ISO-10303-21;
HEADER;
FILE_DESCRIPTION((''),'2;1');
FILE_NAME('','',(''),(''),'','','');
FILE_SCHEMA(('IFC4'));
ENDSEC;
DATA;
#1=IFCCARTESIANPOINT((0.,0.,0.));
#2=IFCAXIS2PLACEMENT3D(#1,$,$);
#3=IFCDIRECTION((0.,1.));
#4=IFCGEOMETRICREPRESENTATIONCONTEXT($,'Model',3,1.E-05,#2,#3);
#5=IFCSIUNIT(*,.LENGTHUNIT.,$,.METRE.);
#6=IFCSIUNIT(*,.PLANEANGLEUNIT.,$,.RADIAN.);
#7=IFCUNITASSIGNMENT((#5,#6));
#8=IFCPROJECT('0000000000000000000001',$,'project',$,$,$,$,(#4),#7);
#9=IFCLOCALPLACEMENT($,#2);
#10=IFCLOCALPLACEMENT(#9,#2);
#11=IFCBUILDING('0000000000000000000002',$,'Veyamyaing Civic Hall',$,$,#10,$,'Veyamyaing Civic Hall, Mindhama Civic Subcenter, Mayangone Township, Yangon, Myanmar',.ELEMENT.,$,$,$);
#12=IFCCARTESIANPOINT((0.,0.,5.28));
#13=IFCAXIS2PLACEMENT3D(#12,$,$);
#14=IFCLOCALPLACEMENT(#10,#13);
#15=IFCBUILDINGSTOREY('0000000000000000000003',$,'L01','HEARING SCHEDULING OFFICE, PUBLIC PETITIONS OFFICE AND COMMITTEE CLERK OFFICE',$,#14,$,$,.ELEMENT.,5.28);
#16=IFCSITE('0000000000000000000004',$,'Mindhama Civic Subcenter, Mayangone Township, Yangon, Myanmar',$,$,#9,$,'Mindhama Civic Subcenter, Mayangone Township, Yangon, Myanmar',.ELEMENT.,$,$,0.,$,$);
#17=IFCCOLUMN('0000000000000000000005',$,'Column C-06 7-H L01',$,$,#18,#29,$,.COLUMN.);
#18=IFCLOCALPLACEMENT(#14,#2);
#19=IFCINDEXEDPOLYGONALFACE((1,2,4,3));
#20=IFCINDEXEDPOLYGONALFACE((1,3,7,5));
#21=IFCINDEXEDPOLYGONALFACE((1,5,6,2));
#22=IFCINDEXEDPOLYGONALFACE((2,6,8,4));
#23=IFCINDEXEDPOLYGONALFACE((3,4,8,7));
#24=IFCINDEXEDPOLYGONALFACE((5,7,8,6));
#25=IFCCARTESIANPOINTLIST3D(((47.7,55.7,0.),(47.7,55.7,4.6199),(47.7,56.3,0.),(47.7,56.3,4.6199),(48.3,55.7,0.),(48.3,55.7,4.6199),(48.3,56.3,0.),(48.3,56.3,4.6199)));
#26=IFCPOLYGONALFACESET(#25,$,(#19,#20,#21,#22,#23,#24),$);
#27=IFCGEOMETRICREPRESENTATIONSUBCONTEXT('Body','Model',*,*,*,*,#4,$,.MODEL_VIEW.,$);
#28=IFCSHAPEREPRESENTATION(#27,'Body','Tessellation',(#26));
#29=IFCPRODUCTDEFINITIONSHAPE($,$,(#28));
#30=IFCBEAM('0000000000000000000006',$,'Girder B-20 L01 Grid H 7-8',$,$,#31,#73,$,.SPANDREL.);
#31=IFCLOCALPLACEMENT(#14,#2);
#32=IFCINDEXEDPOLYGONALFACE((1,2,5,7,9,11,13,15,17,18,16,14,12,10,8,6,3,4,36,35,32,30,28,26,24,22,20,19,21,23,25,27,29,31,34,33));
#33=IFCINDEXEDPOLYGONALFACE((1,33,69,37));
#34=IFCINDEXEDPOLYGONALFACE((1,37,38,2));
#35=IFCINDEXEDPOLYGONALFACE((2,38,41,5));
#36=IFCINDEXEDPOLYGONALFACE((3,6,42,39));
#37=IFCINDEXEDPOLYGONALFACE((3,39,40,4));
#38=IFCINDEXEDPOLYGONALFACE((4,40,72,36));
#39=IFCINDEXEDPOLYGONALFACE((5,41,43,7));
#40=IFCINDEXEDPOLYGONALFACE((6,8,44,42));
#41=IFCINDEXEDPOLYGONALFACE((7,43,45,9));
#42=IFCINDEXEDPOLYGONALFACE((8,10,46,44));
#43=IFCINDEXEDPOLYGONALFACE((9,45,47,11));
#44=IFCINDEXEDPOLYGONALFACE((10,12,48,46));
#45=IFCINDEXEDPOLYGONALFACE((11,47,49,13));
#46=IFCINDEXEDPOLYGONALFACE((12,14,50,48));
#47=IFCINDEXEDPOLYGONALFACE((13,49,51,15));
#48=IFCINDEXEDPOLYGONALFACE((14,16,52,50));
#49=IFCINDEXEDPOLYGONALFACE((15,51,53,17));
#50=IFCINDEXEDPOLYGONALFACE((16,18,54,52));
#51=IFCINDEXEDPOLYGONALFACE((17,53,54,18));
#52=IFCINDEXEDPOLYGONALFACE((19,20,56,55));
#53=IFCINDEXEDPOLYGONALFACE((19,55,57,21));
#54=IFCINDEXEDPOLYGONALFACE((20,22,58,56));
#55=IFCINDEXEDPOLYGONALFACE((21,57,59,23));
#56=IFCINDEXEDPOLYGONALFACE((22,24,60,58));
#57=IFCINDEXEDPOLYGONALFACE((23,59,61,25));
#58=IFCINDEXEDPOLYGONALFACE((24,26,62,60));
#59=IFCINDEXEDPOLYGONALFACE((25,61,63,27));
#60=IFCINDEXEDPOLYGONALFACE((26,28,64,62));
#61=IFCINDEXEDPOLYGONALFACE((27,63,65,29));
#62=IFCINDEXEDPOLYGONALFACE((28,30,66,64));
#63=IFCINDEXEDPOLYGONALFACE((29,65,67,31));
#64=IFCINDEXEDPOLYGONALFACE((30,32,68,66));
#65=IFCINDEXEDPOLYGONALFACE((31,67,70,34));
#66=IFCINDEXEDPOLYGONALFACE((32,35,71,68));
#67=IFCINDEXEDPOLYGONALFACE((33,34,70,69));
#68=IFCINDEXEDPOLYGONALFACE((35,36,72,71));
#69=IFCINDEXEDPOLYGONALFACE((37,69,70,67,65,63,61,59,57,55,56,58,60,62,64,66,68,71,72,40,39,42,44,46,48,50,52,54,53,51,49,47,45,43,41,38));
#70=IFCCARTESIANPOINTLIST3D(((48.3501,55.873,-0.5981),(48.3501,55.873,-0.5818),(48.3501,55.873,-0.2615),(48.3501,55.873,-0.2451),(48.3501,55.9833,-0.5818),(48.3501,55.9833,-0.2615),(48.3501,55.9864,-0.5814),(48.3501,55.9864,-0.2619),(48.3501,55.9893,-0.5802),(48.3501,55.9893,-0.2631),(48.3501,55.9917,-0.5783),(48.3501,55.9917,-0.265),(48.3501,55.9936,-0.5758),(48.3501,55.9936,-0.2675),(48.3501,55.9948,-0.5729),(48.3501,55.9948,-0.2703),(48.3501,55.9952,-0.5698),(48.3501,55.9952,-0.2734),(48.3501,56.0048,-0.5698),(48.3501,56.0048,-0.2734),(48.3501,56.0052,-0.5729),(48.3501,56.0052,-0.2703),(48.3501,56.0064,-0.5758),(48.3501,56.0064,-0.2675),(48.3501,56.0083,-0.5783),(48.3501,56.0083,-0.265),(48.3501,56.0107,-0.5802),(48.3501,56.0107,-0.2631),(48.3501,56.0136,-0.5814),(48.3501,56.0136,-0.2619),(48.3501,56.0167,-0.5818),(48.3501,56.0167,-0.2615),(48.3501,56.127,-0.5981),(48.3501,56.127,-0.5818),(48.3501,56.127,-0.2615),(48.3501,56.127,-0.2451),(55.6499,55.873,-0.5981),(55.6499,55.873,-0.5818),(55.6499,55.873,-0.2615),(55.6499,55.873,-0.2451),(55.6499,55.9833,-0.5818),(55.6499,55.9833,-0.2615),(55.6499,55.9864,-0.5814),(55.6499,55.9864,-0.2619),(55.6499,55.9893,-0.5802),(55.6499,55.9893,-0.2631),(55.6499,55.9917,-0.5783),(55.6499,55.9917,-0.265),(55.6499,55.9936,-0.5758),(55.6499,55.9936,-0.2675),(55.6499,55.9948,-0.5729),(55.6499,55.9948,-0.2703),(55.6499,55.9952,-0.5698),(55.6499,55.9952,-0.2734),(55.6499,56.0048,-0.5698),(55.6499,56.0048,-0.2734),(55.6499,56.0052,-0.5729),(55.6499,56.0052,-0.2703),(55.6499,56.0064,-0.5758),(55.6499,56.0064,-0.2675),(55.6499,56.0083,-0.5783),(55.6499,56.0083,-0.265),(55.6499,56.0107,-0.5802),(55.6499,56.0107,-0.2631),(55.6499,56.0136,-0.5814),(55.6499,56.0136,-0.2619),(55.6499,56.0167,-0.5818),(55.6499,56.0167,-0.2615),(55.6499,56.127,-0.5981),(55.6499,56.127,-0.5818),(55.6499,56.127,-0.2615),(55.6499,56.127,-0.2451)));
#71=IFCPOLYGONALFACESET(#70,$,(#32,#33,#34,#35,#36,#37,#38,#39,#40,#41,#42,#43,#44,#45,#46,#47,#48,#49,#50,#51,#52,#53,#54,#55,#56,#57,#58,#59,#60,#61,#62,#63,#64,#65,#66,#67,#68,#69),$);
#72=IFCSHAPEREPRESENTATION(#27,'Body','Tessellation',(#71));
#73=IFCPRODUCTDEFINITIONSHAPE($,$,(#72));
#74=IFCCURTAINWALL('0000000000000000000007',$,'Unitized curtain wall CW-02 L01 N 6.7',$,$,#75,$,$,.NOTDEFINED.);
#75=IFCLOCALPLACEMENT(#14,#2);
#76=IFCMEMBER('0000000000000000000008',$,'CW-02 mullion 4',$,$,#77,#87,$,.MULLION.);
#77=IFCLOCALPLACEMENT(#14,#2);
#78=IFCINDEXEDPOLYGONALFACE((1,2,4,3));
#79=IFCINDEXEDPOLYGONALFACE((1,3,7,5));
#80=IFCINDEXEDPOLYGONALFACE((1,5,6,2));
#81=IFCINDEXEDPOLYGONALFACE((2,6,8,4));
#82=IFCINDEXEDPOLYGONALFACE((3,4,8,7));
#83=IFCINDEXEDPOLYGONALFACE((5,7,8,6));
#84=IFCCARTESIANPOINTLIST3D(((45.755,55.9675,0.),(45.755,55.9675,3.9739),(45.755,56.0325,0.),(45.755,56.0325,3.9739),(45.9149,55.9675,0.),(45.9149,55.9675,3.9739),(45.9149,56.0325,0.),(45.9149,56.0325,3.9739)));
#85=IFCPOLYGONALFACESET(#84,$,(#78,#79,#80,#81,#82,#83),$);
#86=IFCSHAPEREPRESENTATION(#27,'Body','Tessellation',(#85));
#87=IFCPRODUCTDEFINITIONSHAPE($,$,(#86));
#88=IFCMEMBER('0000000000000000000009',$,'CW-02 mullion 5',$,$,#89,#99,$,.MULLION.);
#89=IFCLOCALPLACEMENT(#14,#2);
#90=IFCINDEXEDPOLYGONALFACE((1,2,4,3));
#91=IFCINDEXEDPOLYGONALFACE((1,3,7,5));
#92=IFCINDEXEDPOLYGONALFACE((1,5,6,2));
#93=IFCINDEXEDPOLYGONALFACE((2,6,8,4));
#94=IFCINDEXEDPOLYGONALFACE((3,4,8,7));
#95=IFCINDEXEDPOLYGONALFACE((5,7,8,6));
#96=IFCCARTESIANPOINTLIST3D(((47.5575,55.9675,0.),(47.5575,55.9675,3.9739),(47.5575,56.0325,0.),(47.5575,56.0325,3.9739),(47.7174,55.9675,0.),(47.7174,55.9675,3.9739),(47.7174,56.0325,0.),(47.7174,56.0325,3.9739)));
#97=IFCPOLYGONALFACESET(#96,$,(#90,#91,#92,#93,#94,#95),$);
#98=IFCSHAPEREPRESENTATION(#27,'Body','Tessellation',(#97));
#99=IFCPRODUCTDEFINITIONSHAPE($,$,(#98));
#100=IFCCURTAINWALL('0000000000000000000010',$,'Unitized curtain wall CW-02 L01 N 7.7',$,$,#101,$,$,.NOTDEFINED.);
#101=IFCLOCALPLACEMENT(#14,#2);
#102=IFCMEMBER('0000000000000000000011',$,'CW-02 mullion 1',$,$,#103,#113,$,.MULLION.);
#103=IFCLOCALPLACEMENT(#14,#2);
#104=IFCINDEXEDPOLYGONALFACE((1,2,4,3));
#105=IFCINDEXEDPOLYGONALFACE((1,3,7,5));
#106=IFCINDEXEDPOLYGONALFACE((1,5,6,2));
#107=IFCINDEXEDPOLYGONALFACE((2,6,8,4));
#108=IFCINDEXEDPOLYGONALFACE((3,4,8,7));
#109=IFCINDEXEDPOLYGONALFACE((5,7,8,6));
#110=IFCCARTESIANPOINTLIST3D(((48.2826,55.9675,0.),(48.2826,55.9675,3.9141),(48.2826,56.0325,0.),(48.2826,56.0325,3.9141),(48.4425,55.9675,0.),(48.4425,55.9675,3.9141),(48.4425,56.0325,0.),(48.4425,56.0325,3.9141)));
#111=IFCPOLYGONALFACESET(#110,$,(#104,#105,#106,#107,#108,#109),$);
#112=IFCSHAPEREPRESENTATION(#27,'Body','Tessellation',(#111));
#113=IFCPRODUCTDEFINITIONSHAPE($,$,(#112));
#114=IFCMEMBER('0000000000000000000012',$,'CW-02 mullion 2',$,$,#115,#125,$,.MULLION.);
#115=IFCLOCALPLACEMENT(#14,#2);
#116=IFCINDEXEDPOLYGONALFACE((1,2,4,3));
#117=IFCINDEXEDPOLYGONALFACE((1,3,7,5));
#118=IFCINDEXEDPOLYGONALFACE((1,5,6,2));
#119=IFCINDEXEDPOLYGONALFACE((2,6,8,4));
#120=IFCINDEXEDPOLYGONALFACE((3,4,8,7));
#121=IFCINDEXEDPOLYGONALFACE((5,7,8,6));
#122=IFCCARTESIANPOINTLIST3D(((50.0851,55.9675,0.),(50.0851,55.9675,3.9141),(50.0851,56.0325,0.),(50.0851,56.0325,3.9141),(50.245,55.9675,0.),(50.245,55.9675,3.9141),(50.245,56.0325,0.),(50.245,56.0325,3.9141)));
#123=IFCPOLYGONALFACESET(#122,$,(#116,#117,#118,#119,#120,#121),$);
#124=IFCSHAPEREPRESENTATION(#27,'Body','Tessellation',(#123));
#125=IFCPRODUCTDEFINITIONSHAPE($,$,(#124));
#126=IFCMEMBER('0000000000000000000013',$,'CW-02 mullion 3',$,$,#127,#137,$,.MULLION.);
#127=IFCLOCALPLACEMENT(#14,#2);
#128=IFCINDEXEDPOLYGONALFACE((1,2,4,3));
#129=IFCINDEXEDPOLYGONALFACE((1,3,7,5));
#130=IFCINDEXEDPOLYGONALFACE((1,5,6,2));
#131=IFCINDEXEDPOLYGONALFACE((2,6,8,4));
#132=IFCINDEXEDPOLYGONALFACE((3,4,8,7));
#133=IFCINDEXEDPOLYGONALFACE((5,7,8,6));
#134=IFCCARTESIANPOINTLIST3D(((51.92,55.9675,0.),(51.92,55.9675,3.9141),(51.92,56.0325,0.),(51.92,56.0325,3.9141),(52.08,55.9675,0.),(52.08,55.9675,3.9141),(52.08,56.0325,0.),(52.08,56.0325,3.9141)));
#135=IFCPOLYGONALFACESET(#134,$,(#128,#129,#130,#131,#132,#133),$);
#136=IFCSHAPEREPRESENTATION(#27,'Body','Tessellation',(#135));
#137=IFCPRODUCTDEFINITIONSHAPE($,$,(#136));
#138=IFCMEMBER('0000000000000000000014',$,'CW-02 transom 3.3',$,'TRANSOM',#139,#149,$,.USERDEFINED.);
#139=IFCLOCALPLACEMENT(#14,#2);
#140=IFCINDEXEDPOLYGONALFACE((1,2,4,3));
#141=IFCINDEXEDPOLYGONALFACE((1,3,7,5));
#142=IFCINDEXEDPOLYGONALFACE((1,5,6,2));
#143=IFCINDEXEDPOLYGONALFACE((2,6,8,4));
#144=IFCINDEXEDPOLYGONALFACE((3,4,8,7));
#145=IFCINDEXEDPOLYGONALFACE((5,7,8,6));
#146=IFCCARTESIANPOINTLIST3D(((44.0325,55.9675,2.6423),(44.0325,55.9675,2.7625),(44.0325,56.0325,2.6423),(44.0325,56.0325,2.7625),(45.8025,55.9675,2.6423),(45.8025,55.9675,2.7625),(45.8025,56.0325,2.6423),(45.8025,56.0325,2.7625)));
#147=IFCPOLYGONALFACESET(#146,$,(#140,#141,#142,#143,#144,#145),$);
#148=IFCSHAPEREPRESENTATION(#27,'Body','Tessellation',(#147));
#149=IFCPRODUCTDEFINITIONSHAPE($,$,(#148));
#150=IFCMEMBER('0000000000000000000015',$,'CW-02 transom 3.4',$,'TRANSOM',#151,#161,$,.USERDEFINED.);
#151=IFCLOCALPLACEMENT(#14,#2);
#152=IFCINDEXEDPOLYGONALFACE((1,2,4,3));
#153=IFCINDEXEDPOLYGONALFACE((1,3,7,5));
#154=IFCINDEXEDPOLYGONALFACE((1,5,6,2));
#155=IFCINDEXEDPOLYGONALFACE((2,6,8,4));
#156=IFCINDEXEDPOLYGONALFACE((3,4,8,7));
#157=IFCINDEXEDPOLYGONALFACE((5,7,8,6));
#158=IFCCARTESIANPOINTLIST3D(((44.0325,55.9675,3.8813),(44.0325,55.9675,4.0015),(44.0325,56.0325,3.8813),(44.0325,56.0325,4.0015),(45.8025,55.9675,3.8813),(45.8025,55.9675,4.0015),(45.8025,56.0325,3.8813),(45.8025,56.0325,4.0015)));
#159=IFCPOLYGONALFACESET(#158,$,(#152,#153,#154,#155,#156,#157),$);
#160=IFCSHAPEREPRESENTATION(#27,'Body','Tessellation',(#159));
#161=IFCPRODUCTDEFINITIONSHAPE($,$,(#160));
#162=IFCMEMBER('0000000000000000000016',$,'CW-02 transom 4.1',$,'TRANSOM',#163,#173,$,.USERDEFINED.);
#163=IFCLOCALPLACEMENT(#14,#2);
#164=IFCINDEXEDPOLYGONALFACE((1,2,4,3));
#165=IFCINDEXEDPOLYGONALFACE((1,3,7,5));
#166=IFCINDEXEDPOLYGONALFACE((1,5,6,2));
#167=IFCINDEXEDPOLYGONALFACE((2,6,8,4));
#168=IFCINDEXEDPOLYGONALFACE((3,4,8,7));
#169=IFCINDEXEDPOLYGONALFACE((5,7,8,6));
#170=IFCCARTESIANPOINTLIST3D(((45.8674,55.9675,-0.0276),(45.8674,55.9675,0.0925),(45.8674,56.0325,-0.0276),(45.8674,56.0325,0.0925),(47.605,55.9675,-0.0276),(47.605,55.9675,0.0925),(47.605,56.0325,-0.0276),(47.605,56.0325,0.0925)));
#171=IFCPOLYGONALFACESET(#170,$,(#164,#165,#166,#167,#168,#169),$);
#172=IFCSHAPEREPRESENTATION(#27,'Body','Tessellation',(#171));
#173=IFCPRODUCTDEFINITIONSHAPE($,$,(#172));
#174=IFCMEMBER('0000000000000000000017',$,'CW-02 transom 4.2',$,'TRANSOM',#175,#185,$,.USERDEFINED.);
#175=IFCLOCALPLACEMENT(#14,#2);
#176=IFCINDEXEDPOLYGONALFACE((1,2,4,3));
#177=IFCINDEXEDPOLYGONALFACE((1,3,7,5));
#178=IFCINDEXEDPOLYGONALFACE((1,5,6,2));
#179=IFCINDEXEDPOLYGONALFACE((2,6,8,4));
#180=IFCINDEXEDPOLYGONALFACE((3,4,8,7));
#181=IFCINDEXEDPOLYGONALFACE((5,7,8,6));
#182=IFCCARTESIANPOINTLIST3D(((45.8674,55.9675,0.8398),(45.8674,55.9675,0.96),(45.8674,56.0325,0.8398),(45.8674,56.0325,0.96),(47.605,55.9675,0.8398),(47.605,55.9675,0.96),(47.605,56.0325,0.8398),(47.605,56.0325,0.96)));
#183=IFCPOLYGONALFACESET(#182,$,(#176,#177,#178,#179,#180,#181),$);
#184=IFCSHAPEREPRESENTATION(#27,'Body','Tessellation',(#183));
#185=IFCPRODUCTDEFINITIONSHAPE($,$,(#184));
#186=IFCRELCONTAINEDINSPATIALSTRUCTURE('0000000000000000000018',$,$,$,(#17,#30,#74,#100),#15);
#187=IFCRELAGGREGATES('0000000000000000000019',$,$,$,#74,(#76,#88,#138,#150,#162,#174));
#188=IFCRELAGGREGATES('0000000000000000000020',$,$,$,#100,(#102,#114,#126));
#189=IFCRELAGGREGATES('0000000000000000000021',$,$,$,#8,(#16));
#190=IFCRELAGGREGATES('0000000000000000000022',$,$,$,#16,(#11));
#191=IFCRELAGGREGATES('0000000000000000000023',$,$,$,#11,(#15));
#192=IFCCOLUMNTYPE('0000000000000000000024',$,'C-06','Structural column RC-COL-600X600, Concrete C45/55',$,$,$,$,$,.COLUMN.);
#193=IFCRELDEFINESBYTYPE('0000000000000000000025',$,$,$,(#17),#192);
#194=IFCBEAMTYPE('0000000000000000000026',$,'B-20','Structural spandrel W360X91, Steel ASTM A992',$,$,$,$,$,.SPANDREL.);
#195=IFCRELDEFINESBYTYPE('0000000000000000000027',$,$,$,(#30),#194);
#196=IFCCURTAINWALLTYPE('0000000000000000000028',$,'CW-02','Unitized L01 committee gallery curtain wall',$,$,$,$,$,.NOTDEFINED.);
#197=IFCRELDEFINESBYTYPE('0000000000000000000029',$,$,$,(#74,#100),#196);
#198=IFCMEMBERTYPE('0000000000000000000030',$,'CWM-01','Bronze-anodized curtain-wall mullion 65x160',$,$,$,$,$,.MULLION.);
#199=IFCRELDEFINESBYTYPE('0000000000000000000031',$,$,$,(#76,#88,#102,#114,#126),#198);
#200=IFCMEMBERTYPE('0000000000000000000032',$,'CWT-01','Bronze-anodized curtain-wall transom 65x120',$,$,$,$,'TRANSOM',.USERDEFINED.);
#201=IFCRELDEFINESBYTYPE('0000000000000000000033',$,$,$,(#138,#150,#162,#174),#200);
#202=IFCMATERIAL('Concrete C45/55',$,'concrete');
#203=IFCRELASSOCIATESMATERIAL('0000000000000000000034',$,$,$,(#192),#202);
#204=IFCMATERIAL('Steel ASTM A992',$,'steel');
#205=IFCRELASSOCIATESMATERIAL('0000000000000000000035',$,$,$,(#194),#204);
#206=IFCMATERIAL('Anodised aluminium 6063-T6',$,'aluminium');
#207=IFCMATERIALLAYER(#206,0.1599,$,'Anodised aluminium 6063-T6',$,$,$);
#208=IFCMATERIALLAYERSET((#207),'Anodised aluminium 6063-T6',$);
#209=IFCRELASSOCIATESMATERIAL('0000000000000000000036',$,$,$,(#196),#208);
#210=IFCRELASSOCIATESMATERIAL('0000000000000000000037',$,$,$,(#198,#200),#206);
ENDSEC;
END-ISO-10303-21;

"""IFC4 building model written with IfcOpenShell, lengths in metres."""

from ifc_helpers import new_model, si_unit, direction, frame, origin, origin_2d, place, context, subcontext, project, spatial, rectangle, i_section, extrude, material, layer, layer_set, material_profile, profile_set, type_object, element, aggregate, save


model = new_model("IFC4")

# Units and contexts
model_context = context("Model", 3, precision=1e-05, world=origin(), true_north=direction((0.0, 1.0)))
body_context = subcontext(model_context, "Body", "Model", "MODEL_VIEW")
ifc_project = project(units=[si_unit("LENGTHUNIT", "METRE"), si_unit("PLANEANGLEUNIT", "RADIAN")], contexts=[model_context])

# Site, building, storey
site_placement = place(None, origin())
site = spatial("IfcSite", under=ifc_project, at=site_placement, Name="Mindhama Civic Subcenter, Mayangone Township, Yangon, Myanmar", LongName="Mindhama Civic Subcenter, Mayangone Township, Yangon, Myanmar", CompositionType="ELEMENT", RefElevation=0.0)
building_placement = place(site_placement, origin())
building = spatial("IfcBuilding", under=site, at=building_placement, Name="Veyamyaing Civic Hall", LongName="Veyamyaing Civic Hall, Mindhama Civic Subcenter, Mayangone Township, Yangon, Myanmar", CompositionType="ELEMENT")
storey_placement = place(building_placement, frame((0.0, 0.0, 5.28)))
storey = spatial("IfcBuildingStorey", under=building, at=storey_placement, Name="L01", Description="HEARING SCHEDULING OFFICE, PUBLIC PETITIONS OFFICE AND COMMITTEE CLERK OFFICE", CompositionType="ELEMENT", Elevation=5.28)

# Column
ifc_material_1 = material(Name="Concrete C45/55", Category="concrete")
ifc_material_profile_1 = material_profile(ifc_material_1, rectangle(XDim=0.6001, YDim=0.6001, at=origin_2d()), Name="RC-COL-600X600")
ifc_profile_set_1 = profile_set([ifc_material_profile_1], Name="Concrete C45/55")
column_type = type_object("IfcColumnType", Name="C-06", Description="Structural column RC-COL-600X600, Concrete C45/55", PredefinedType="COLUMN", material=ifc_profile_set_1)
column_placement = place(storey_placement, frame((48.0, 56.0, 0.0), z_axis=(0.0, 0.0, 1.0), x_axis=(1.0, 0.0, 0.0)))
element("IfcColumn", 1, at=column_placement, inside=storey, type_object=column_type, Name="Column C-06 7-H L01", PredefinedType="COLUMN", context=body_context, shape_type="SweptSolid", body=[
    extrude(rectangle(XDim=0.6001, YDim=0.6001, at=origin_2d()), origin(), (0.0, 0.0, 1.0), 4.6199),
])

# Beam
ifc_material_2 = material(Name="Steel ASTM A992", Category="steel")
ifc_material_profile_2 = material_profile(ifc_material_2, i_section(OverallWidth=0.2539, OverallDepth=0.353, WebThickness=0.0095, FlangeThickness=0.0164, FilletRadius=0.012, at=origin_2d()), Name="W360X91")
ifc_profile_set_2 = profile_set([ifc_material_profile_2], Name="Steel ASTM A992")
beam_type_1 = type_object("IfcBeamType", Name="B-20", Description="Structural spandrel W360X91, Steel ASTM A992", PredefinedType="SPANDREL", material=ifc_profile_set_2)
beam_1_placement = place(storey_placement, frame((48.3501, 56.0, -0.4216), z_axis=(1.0, 0.0, 0.0), x_axis=(0.0, 1.0, 0.0)))
element("IfcBeam", 2, at=beam_1_placement, inside=storey, type_object=beam_type_1, Name="Girder B-20 L01 Grid H 7-8", PredefinedType="SPANDREL", context=body_context, shape_type="SweptSolid", body=[
    extrude(i_section(OverallWidth=0.2539, OverallDepth=0.353, WebThickness=0.0095, FlangeThickness=0.0164, FilletRadius=0.012, at=origin_2d()), origin(), (0.0, 0.0, 1.0), 7.2998),
])

# Curtain walls, members
ifc_material_3 = material(Name="Anodised aluminium 6063-T6", Category="aluminium")
ifc_layer_1 = layer(ifc_material_3, 0.1599, Name="Anodised aluminium 6063-T6")
ifc_layer_set_1 = layer_set([ifc_layer_1], Name="Anodised aluminium 6063-T6")
curtain_wall_type = type_object("IfcCurtainWallType", Name="CW-02", Description="Unitized L01 committee gallery curtain wall", PredefinedType="NOTDEFINED", material=ifc_layer_set_1)
curtain_wall_1_placement = place(storey_placement, origin())
curtain_wall_1 = element("IfcCurtainWall", 3, at=curtain_wall_1_placement, inside=storey, type_object=curtain_wall_type, Name="Unitized curtain wall CW-02 L01 N 6.7", PredefinedType="NOTDEFINED")
ifc_material_profile_3 = material_profile(ifc_material_3, rectangle(XDim=0.0649, YDim=0.1599, at=origin_2d()), Name="ALU-MUL-65X160")
ifc_profile_set_3 = profile_set([ifc_material_profile_3], Name="Anodised aluminium 6063-T6")
member_type_1 = type_object("IfcMemberType", Name="CWM-01", Description="Bronze-anodized curtain-wall mullion 65x160", PredefinedType="MULLION", material=ifc_profile_set_3)
member_1_placement = place(storey_placement, frame((45.835, 56.0, 0.0), z_axis=(0.0, 0.0, 1.0), x_axis=(0.0, 1.0, 0.0)))
member_1 = element("IfcMember", 4, at=member_1_placement, type_object=member_type_1, Name="CW-02 mullion 4", PredefinedType="MULLION", context=body_context, shape_type="SweptSolid", body=[
    extrude(rectangle(XDim=0.0649, YDim=0.1599, at=origin_2d()), origin(), (0.0, 0.0, 1.0), 3.9739),
])
member_2_placement = place(storey_placement, frame((47.6375, 56.0, 0.0), z_axis=(0.0, 0.0, 1.0), x_axis=(0.0, 1.0, 0.0)))
member_2 = element("IfcMember", 5, at=member_2_placement, type_object=member_type_1, Name="CW-02 mullion 5", PredefinedType="MULLION", context=body_context, shape_type="SweptSolid", body=[
    extrude(rectangle(XDim=0.0649, YDim=0.1599, at=origin_2d()), origin(), (0.0, 0.0, 1.0), 3.9739),
])
curtain_wall_2_placement = place(storey_placement, origin())
curtain_wall_2 = element("IfcCurtainWall", 6, at=curtain_wall_2_placement, inside=storey, type_object=curtain_wall_type, Name="Unitized curtain wall CW-02 L01 N 7.7", PredefinedType="NOTDEFINED")
member_3_placement = place(storey_placement, frame((48.3625, 56.0, 0.0), z_axis=(0.0, 0.0, 1.0), x_axis=(0.0, 1.0, 0.0)))
member_3 = element("IfcMember", 7, at=member_3_placement, type_object=member_type_1, Name="CW-02 mullion 1", PredefinedType="MULLION", context=body_context, shape_type="SweptSolid", body=[
    extrude(rectangle(XDim=0.0649, YDim=0.1599, at=origin_2d()), origin(), (0.0, 0.0, 1.0), 3.9141),
])
member_4_placement = place(storey_placement, frame((50.165, 56.0, 0.0), z_axis=(0.0, 0.0, 1.0), x_axis=(0.0, 1.0, 0.0)))
member_4 = element("IfcMember", 8, at=member_4_placement, type_object=member_type_1, Name="CW-02 mullion 2", PredefinedType="MULLION", context=body_context, shape_type="SweptSolid", body=[
    extrude(rectangle(XDim=0.0649, YDim=0.1599, at=origin_2d()), origin(), (0.0, 0.0, 1.0), 3.9141),
])
member_5_placement = place(storey_placement, frame((52.0, 56.0, 0.0), z_axis=(0.0, 0.0, 1.0), x_axis=(0.0, 1.0, 0.0)))
member_5 = element("IfcMember", 9, at=member_5_placement, type_object=member_type_1, Name="CW-02 mullion 3", PredefinedType="MULLION", context=body_context, shape_type="SweptSolid", body=[
    extrude(rectangle(XDim=0.0649, YDim=0.1599, at=origin_2d()), origin(), (0.0, 0.0, 1.0), 3.9141),
])

# Members
ifc_material_profile_4 = material_profile(ifc_material_3, rectangle(XDim=0.0649, YDim=0.1201, at=origin_2d()), Name="ALU-TRN-65X120")
ifc_profile_set_4 = profile_set([ifc_material_profile_4], Name="Anodised aluminium 6063-T6")
member_type_2 = type_object("IfcMemberType", Name="CWT-01", Description="Bronze-anodized curtain-wall transom 65x120", ElementType="TRANSOM", PredefinedType="USERDEFINED", material=ifc_profile_set_4)
member_6_placement = place(storey_placement, frame((44.0325, 56.0, 2.7024), z_axis=(1.0, 0.0, 0.0), x_axis=(0.0, 1.0, 0.0)))
member_6 = element("IfcMember", 10, at=member_6_placement, type_object=member_type_2, Name="CW-02 transom 3.3", ObjectType="TRANSOM", PredefinedType="USERDEFINED", context=body_context, shape_type="SweptSolid", body=[
    extrude(rectangle(XDim=0.0649, YDim=0.1201, at=origin_2d()), origin(), (0.0, 0.0, 1.0), 1.77),
])
member_7_placement = place(storey_placement, frame((44.0325, 56.0, 3.9414), z_axis=(1.0, 0.0, 0.0), x_axis=(0.0, 1.0, 0.0)))
member_7 = element("IfcMember", 11, at=member_7_placement, type_object=member_type_2, Name="CW-02 transom 3.4", ObjectType="TRANSOM", PredefinedType="USERDEFINED", context=body_context, shape_type="SweptSolid", body=[
    extrude(rectangle(XDim=0.0649, YDim=0.1201, at=origin_2d()), origin(), (0.0, 0.0, 1.0), 1.77),
])
member_8_placement = place(storey_placement, frame((45.8674, 56.0, 0.0325), z_axis=(1.0, 0.0, 0.0), x_axis=(0.0, 1.0, 0.0)))
member_8 = element("IfcMember", 12, at=member_8_placement, type_object=member_type_2, Name="CW-02 transom 4.1", ObjectType="TRANSOM", PredefinedType="USERDEFINED", context=body_context, shape_type="SweptSolid", body=[
    extrude(rectangle(XDim=0.0649, YDim=0.1201, at=origin_2d()), origin(), (0.0, 0.0, 1.0), 1.7375),
])
member_9_placement = place(storey_placement, frame((45.8674, 56.0, 0.8999), z_axis=(1.0, 0.0, 0.0), x_axis=(0.0, 1.0, 0.0)))
member_9 = element("IfcMember", 13, at=member_9_placement, type_object=member_type_2, Name="CW-02 transom 4.2", ObjectType="TRANSOM", PredefinedType="USERDEFINED", context=body_context, shape_type="SweptSolid", body=[
    extrude(rectangle(XDim=0.0649, YDim=0.1201, at=origin_2d()), origin(), (0.0, 0.0, 1.0), 1.7375),
])

aggregate(curtain_wall_1, [member_1, member_2, member_6, member_7, member_8, member_9])
aggregate(curtain_wall_2, [member_3, member_4, member_5])

save(model, "model.ifc")
